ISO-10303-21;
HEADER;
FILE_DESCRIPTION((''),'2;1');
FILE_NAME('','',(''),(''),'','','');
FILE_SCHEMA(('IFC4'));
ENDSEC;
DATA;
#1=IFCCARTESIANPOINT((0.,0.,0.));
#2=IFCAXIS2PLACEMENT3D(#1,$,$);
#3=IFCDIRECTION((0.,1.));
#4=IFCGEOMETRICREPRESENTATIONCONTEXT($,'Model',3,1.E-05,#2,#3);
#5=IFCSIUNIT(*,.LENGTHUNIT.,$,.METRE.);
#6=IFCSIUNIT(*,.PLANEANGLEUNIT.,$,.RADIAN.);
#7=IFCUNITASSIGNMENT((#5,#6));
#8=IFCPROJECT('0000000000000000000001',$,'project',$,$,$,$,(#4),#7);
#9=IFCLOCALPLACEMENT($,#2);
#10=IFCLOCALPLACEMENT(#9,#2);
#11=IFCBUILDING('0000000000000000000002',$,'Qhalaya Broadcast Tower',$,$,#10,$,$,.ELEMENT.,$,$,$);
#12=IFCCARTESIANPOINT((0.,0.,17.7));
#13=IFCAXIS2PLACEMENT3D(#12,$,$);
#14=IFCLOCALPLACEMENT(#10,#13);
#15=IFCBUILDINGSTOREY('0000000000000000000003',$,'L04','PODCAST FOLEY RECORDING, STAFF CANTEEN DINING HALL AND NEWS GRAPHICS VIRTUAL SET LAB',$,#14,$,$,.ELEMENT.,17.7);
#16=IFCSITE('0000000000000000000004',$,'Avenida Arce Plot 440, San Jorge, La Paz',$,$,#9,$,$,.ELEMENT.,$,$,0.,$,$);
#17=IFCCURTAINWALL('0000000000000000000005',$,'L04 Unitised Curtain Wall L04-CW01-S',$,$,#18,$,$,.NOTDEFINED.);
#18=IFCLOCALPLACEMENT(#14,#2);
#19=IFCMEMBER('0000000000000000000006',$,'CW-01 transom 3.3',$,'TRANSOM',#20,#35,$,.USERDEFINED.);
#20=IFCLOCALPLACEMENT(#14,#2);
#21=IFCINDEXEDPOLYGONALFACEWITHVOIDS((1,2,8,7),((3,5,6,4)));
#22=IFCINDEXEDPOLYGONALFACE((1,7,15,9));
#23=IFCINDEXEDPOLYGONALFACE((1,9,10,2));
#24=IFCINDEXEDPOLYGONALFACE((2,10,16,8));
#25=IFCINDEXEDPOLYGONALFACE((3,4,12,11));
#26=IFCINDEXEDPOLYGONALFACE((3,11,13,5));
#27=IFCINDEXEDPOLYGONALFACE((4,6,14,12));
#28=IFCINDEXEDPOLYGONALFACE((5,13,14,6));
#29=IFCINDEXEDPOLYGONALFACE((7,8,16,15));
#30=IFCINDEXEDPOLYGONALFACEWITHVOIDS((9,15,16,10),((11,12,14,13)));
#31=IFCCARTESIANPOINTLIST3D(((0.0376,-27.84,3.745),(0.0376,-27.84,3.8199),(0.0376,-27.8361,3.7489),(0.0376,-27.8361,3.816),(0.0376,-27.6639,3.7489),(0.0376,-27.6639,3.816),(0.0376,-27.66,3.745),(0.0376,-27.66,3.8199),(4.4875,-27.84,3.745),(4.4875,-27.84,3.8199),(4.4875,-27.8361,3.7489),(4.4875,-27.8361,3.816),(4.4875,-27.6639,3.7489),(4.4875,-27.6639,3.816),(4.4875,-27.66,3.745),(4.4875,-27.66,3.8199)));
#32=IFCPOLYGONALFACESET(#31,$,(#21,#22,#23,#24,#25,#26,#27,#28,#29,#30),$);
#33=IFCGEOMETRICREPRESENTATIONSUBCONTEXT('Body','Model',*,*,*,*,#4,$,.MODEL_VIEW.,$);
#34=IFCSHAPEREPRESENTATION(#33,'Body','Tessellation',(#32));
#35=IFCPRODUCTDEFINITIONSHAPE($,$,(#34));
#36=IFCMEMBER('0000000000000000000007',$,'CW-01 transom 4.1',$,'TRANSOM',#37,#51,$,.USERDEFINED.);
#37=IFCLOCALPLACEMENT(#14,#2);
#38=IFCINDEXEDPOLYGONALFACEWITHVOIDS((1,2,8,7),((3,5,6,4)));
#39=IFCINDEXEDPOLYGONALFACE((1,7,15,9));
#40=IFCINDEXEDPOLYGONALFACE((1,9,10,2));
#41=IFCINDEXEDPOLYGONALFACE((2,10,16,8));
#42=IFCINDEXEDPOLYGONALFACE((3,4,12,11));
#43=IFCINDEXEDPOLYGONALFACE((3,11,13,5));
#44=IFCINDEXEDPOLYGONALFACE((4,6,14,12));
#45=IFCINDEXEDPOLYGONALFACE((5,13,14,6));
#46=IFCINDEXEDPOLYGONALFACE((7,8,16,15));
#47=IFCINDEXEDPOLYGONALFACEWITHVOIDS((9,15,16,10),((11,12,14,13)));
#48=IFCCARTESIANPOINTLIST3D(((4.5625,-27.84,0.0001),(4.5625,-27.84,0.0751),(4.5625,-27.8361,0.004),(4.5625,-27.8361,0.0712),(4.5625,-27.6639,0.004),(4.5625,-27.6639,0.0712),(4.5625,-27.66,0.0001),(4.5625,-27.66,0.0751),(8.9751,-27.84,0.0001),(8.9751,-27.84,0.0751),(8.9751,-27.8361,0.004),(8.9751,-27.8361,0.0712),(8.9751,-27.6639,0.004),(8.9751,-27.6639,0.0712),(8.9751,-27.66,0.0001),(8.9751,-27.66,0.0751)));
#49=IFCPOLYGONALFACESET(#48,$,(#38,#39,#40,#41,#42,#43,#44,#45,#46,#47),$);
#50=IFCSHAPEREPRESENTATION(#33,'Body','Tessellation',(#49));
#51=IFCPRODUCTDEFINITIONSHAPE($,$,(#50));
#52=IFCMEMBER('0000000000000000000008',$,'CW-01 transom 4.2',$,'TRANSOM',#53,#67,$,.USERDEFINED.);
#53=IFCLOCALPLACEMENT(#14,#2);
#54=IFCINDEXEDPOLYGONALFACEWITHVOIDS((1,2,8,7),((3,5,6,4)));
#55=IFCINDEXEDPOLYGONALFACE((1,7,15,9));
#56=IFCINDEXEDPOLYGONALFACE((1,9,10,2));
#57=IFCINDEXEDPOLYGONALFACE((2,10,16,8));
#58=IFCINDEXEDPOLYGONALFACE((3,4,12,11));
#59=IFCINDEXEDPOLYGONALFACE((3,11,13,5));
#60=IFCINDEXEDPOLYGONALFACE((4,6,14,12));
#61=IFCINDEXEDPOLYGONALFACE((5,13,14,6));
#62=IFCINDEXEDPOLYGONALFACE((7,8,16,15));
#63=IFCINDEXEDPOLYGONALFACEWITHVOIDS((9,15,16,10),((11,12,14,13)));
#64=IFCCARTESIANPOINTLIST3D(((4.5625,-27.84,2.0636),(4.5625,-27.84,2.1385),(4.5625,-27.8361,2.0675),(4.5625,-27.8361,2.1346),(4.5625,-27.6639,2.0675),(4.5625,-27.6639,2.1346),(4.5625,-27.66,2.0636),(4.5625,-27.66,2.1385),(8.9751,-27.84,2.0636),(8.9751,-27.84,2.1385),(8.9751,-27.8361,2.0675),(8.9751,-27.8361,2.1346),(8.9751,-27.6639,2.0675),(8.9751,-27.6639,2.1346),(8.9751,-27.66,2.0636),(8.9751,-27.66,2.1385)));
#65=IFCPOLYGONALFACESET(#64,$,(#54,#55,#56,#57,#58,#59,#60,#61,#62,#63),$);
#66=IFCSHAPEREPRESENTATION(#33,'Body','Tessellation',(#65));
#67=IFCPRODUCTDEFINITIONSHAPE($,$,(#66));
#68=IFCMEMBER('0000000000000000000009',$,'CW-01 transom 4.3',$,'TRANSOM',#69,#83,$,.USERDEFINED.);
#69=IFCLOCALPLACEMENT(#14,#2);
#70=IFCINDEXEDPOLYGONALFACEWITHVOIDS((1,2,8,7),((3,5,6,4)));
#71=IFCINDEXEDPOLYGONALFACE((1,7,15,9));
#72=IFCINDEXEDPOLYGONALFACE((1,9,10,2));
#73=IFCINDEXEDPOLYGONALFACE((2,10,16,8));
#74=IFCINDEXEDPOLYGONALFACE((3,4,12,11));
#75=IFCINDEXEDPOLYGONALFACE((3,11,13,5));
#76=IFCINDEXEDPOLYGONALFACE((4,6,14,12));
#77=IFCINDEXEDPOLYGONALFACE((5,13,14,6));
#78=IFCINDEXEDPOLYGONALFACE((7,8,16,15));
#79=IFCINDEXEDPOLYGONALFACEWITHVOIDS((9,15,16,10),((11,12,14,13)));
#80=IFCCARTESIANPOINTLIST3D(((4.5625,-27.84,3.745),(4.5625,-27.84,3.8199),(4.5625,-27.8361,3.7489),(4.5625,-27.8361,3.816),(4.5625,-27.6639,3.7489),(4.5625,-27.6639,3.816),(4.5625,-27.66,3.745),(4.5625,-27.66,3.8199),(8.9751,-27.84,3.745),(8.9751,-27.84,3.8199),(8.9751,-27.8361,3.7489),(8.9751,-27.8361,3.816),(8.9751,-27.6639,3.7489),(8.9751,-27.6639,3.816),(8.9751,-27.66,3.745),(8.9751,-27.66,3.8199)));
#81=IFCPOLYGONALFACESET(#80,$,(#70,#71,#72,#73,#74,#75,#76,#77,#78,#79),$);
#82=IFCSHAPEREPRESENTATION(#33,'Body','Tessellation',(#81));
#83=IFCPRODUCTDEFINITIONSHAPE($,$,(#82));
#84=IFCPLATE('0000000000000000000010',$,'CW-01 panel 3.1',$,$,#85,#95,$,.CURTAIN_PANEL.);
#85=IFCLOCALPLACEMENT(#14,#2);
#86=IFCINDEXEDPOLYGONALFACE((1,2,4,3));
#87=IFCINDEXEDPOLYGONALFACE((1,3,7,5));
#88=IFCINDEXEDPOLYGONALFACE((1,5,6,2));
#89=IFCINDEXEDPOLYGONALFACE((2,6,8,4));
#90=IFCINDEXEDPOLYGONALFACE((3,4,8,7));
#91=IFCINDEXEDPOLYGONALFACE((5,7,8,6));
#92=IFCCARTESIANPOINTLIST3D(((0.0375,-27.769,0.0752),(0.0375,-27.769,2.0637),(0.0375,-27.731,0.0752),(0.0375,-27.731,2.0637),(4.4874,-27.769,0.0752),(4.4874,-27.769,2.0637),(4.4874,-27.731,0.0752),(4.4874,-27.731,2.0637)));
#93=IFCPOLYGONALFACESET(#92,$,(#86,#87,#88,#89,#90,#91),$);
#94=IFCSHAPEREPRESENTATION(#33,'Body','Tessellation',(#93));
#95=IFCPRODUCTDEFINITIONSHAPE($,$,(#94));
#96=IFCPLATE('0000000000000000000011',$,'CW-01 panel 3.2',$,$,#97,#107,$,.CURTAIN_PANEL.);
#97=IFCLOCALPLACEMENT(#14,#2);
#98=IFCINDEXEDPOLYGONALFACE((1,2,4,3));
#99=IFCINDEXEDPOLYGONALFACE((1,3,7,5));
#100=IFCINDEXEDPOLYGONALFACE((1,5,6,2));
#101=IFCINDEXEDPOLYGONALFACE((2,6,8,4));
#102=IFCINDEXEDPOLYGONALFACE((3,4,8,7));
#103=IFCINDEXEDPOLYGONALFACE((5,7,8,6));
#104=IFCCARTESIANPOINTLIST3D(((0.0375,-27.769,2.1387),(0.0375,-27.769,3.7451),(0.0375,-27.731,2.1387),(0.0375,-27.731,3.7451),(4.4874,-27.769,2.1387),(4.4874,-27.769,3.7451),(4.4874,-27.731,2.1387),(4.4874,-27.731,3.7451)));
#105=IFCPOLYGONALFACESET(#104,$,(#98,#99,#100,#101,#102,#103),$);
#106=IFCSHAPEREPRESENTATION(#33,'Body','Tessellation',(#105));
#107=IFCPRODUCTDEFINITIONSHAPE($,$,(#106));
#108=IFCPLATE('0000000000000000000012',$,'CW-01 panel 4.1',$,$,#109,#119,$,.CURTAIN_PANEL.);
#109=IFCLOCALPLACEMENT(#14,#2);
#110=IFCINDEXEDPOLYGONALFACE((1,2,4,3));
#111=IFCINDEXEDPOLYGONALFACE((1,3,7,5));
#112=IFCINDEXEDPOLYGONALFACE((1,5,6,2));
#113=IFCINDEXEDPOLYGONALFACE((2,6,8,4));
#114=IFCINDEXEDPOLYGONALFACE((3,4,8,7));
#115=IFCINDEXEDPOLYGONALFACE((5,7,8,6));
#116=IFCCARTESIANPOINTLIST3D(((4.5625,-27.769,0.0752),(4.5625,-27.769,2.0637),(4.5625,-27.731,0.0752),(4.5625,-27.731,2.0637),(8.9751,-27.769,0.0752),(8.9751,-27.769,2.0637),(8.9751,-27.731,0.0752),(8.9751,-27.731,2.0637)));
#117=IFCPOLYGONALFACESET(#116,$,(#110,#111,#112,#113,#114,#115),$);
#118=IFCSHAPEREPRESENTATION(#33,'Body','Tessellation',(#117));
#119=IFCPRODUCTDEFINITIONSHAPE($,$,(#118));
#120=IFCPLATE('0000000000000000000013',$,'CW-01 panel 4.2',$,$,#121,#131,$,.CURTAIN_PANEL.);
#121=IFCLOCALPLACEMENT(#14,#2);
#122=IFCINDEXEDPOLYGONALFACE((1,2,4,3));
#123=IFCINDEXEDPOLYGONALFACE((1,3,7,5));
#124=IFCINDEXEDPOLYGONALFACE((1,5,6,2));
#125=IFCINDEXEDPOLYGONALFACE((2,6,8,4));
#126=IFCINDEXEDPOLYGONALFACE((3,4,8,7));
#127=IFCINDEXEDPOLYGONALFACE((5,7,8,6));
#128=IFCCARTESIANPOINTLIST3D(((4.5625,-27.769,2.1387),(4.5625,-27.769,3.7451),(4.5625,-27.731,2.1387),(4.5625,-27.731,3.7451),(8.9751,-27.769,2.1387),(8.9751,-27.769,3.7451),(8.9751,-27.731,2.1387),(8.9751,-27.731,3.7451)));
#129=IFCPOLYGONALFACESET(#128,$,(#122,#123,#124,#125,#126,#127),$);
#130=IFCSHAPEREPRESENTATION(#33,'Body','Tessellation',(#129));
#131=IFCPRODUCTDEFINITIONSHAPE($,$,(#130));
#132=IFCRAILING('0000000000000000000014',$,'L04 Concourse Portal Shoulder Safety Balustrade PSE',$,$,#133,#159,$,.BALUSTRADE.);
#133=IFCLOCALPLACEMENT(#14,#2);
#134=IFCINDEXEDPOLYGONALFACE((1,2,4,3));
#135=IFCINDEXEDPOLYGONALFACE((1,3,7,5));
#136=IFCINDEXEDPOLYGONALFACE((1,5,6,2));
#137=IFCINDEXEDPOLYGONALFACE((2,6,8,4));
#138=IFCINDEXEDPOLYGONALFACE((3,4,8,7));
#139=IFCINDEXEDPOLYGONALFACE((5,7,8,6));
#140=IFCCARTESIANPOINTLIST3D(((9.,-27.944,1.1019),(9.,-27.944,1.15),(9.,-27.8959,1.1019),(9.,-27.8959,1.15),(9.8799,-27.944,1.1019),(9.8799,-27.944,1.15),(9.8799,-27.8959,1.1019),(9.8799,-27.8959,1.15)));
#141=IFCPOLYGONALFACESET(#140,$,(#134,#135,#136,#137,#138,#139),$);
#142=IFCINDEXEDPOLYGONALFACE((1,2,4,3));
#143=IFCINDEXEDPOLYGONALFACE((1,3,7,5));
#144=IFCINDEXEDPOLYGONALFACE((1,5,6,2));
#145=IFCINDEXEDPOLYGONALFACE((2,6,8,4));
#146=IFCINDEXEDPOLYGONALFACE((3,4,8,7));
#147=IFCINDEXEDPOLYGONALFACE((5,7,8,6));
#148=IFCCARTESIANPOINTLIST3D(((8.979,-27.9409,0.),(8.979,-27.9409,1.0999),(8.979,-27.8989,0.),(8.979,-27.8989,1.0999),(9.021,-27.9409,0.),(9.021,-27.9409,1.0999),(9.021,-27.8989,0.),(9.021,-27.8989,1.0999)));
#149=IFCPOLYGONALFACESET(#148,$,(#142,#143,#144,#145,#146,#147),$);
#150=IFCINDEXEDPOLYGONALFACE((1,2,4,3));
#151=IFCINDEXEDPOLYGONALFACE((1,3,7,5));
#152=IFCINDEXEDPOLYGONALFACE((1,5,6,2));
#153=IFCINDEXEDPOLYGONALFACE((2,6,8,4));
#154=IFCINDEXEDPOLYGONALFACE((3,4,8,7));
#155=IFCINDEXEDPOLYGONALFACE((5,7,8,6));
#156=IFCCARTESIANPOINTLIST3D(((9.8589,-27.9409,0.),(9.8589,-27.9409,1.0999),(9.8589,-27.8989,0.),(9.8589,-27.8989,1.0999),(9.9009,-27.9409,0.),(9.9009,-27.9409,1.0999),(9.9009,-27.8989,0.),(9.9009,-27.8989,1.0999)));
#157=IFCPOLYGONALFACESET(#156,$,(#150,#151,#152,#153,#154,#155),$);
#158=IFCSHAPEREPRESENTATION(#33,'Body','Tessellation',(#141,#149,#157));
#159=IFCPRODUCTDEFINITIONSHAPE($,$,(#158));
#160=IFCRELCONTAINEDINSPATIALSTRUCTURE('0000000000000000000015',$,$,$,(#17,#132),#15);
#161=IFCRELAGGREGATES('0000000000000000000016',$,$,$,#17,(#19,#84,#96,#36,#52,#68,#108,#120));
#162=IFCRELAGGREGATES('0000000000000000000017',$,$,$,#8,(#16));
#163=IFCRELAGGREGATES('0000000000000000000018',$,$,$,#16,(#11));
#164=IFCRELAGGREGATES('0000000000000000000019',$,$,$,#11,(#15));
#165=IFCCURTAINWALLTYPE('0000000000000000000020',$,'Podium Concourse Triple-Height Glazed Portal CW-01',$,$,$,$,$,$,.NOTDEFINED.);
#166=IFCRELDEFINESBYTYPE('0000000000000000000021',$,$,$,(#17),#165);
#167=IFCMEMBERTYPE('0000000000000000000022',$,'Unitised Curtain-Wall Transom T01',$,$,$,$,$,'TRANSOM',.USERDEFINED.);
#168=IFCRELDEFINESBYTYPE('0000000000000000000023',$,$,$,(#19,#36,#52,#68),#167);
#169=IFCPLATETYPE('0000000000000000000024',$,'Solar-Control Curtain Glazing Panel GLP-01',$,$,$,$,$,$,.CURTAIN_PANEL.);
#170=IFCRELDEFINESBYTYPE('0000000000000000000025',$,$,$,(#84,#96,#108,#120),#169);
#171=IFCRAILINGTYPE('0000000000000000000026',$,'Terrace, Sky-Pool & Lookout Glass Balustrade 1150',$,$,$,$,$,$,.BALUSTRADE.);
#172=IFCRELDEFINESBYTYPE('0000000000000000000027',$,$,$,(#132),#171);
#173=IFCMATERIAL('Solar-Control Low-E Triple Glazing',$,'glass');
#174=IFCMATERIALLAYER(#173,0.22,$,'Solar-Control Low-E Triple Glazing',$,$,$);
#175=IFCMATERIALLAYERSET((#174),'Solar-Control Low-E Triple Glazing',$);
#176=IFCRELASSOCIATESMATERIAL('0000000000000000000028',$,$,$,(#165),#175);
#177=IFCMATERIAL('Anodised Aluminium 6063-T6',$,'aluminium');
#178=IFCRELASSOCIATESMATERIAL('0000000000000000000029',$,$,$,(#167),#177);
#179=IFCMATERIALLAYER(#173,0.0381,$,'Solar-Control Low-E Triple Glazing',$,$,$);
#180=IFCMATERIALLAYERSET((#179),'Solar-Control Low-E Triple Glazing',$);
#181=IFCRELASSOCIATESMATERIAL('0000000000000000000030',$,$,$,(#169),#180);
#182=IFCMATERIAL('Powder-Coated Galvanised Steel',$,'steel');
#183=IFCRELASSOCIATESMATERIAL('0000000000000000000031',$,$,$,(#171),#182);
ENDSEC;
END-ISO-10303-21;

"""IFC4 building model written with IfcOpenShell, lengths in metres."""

from ifc_helpers import new_model, si_unit, direction, frame, origin, origin_2d, place, context, subcontext, project, spatial, rectangle, hollow_rectangle, extrude, material, layer, layer_set, material_profile, profile_set, type_object, element, aggregate, save


model = new_model("IFC4")

# Units and contexts
model_context = context("Model", 3, precision=1e-05, world=origin(), true_north=direction((0.0, 1.0)))
body_context = subcontext(model_context, "Body", "Model", "MODEL_VIEW")
ifc_project = project(units=[si_unit("LENGTHUNIT", "METRE"), si_unit("PLANEANGLEUNIT", "RADIAN")], contexts=[model_context])

# Site, building, storey
site_placement = place(None, origin())
site = spatial("IfcSite", under=ifc_project, at=site_placement, Name="Avenida Arce Plot 440, San Jorge, La Paz", CompositionType="ELEMENT", RefElevation=0.0)
building_placement = place(site_placement, origin())
building = spatial("IfcBuilding", under=site, at=building_placement, Name="Qhalaya Broadcast Tower", CompositionType="ELEMENT")
storey_placement = place(building_placement, frame((0.0, 0.0, 17.7)))
storey = spatial("IfcBuildingStorey", under=building, at=storey_placement, Name="L04", Description="PODCAST FOLEY RECORDING, STAFF CANTEEN DINING HALL AND NEWS GRAPHICS VIRTUAL SET LAB", CompositionType="ELEMENT", Elevation=17.7)

# Curtain wall, members, plates
ifc_material_1 = material(Name="Solar-Control Low-E Triple Glazing", Category="glass")
ifc_layer_1 = layer(ifc_material_1, 0.22, Name="Solar-Control Low-E Triple Glazing")
ifc_layer_set_1 = layer_set([ifc_layer_1], Name="Solar-Control Low-E Triple Glazing")
curtain_wall_type = type_object("IfcCurtainWallType", Name="Podium Concourse Triple-Height Glazed Portal CW-01", PredefinedType="NOTDEFINED", material=ifc_layer_set_1)
curtain_wall_placement = place(storey_placement, origin())
curtain_wall = element("IfcCurtainWall", 1, at=curtain_wall_placement, inside=storey, type_object=curtain_wall_type, Name="L04 Unitised Curtain Wall L04-CW01-S", PredefinedType="NOTDEFINED")
ifc_material_2 = material(Name="Anodised Aluminium 6063-T6", Category="aluminium")
ifc_material_profile_1 = material_profile(ifc_material_2, hollow_rectangle(XDim=0.075, YDim=0.1799, WallThickness=0.0039, at=origin_2d()), Name="ALU-TRN 75x180x4")
ifc_profile_set_1 = profile_set([ifc_material_profile_1], Name="Anodised Aluminium 6063-T6")
member_type_1 = type_object("IfcMemberType", Name="Unitised Curtain-Wall Transom T01", ElementType="TRANSOM", PredefinedType="USERDEFINED", material=ifc_profile_set_1)
member_1_placement = place(storey_placement, frame((0.0376, -27.75, 3.7825), z_axis=(1.0, 0.0, 0.0), x_axis=(0.0, 0.0, 1.0)))
member_1 = element("IfcMember", 2, at=member_1_placement, type_object=member_type_1, Name="CW-01 transom 3.3", ObjectType="TRANSOM", PredefinedType="USERDEFINED", context=body_context, shape_type="SweptSolid", body=[
    extrude(hollow_rectangle(XDim=0.075, YDim=0.1799, WallThickness=0.0039, at=origin_2d()), origin(), (0.0, 0.0, 1.0), 4.45),
])
member_2_placement = place(storey_placement, frame((4.5625, -27.75, 0.0376), z_axis=(1.0, 0.0, 0.0), x_axis=(0.0, 0.0, 1.0)))
member_2 = element("IfcMember", 3, at=member_2_placement, type_object=member_type_1, Name="CW-01 transom 4.1", ObjectType="TRANSOM", PredefinedType="USERDEFINED", context=body_context, shape_type="SweptSolid", body=[
    extrude(hollow_rectangle(XDim=0.075, YDim=0.1799, WallThickness=0.0039, at=origin_2d()), origin(), (0.0, 0.0, 1.0), 4.4126),
])
member_3_placement = place(storey_placement, frame((4.5625, -27.75, 2.1011), z_axis=(1.0, 0.0, 0.0), x_axis=(0.0, 0.0, 1.0)))
member_3 = element("IfcMember", 4, at=member_3_placement, type_object=member_type_1, Name="CW-01 transom 4.2", ObjectType="TRANSOM", PredefinedType="USERDEFINED", context=body_context, shape_type="SweptSolid", body=[
    extrude(hollow_rectangle(XDim=0.075, YDim=0.1799, WallThickness=0.0039, at=origin_2d()), origin(), (0.0, 0.0, 1.0), 4.4126),
])
member_4_placement = place(storey_placement, frame((4.5625, -27.75, 3.7825), z_axis=(1.0, 0.0, 0.0), x_axis=(0.0, 0.0, 1.0)))
member_4 = element("IfcMember", 5, at=member_4_placement, type_object=member_type_1, Name="CW-01 transom 4.3", ObjectType="TRANSOM", PredefinedType="USERDEFINED", context=body_context, shape_type="SweptSolid", body=[
    extrude(hollow_rectangle(XDim=0.075, YDim=0.1799, WallThickness=0.0039, at=origin_2d()), origin(), (0.0, 0.0, 1.0), 4.4126),
])
ifc_layer_2 = layer(ifc_material_1, 0.0381, Name="Solar-Control Low-E Triple Glazing")
ifc_layer_set_2 = layer_set([ifc_layer_2], Name="Solar-Control Low-E Triple Glazing")
plate_type = type_object("IfcPlateType", Name="Solar-Control Curtain Glazing Panel GLP-01", PredefinedType="CURTAIN_PANEL", material=ifc_layer_set_2)
plate_1_placement = place(storey_placement, frame((2.2625, -27.75, 0.0752), z_axis=(0.0, 0.0, 1.0), x_axis=(1.0, 0.0, 0.0)))
plate_1 = element("IfcPlate", 6, at=plate_1_placement, type_object=plate_type, Name="CW-01 panel 3.1", PredefinedType="CURTAIN_PANEL", context=body_context, shape_type="SweptSolid", body=[
    extrude(rectangle(XDim=4.45, YDim=0.0381, at=origin_2d()), origin(), (0.0, 0.0, 1.0), 1.9885),
])
plate_2_placement = place(storey_placement, frame((2.2625, -27.75, 2.1387), z_axis=(0.0, 0.0, 1.0), x_axis=(1.0, 0.0, 0.0)))
plate_2 = element("IfcPlate", 7, at=plate_2_placement, type_object=plate_type, Name="CW-01 panel 3.2", PredefinedType="CURTAIN_PANEL", context=body_context, shape_type="SweptSolid", body=[
    extrude(rectangle(XDim=4.45, YDim=0.0381, at=origin_2d()), origin(), (0.0, 0.0, 1.0), 1.6064),
])
plate_3_placement = place(storey_placement, frame((6.7688, -27.75, 0.0752), z_axis=(0.0, 0.0, 1.0), x_axis=(1.0, 0.0, 0.0)))
plate_3 = element("IfcPlate", 8, at=plate_3_placement, type_object=plate_type, Name="CW-01 panel 4.1", PredefinedType="CURTAIN_PANEL", context=body_context, shape_type="SweptSolid", body=[
    extrude(rectangle(XDim=4.4126, YDim=0.0381, at=origin_2d()), origin(), (0.0, 0.0, 1.0), 1.9885),
])
plate_4_placement = place(storey_placement, frame((6.7688, -27.75, 2.1387), z_axis=(0.0, 0.0, 1.0), x_axis=(1.0, 0.0, 0.0)))
plate_4 = element("IfcPlate", 9, at=plate_4_placement, type_object=plate_type, Name="CW-01 panel 4.2", PredefinedType="CURTAIN_PANEL", context=body_context, shape_type="SweptSolid", body=[
    extrude(rectangle(XDim=4.4126, YDim=0.0381, at=origin_2d()), origin(), (0.0, 0.0, 1.0), 1.6064),
])
aggregate(curtain_wall, [member_1, plate_1, plate_2, member_2, member_3, member_4, plate_3, plate_4])

# Railing
ifc_material_3 = material(Name="Powder-Coated Galvanised Steel", Category="steel")
railing_type = type_object("IfcRailingType", Name="Terrace, Sky-Pool & Lookout Glass Balustrade 1150", PredefinedType="BALUSTRADE", material=ifc_material_3)
railing_placement = place(storey_placement, frame((9.0, -27.9199, 0.0)))
element("IfcRailing", 10, at=railing_placement, inside=storey, type_object=railing_type, Name="L04 Concourse Portal Shoulder Safety Balustrade PSE", PredefinedType="BALUSTRADE", context=body_context, shape_type="SweptSolid", body=[
    extrude(rectangle(XDim=0.0481, YDim=0.0481, at=origin_2d()), frame((0.0, 0.0, 1.126), z_axis=(1.0, 0.0, 0.0), x_axis=(0.0, 1.0, 0.0)), (0.0, 0.0, 1.0), 0.8799),
    extrude(rectangle(XDim=0.042, YDim=0.042, at=origin_2d()), origin(), (0.0, 0.0, 1.0), 1.0999),
    extrude(rectangle(XDim=0.042, YDim=0.042, at=origin_2d()), frame((0.8799, 0.0, 0.0)), (0.0, 0.0, 1.0), 1.0999),
])

save(model, "model.ifc")
